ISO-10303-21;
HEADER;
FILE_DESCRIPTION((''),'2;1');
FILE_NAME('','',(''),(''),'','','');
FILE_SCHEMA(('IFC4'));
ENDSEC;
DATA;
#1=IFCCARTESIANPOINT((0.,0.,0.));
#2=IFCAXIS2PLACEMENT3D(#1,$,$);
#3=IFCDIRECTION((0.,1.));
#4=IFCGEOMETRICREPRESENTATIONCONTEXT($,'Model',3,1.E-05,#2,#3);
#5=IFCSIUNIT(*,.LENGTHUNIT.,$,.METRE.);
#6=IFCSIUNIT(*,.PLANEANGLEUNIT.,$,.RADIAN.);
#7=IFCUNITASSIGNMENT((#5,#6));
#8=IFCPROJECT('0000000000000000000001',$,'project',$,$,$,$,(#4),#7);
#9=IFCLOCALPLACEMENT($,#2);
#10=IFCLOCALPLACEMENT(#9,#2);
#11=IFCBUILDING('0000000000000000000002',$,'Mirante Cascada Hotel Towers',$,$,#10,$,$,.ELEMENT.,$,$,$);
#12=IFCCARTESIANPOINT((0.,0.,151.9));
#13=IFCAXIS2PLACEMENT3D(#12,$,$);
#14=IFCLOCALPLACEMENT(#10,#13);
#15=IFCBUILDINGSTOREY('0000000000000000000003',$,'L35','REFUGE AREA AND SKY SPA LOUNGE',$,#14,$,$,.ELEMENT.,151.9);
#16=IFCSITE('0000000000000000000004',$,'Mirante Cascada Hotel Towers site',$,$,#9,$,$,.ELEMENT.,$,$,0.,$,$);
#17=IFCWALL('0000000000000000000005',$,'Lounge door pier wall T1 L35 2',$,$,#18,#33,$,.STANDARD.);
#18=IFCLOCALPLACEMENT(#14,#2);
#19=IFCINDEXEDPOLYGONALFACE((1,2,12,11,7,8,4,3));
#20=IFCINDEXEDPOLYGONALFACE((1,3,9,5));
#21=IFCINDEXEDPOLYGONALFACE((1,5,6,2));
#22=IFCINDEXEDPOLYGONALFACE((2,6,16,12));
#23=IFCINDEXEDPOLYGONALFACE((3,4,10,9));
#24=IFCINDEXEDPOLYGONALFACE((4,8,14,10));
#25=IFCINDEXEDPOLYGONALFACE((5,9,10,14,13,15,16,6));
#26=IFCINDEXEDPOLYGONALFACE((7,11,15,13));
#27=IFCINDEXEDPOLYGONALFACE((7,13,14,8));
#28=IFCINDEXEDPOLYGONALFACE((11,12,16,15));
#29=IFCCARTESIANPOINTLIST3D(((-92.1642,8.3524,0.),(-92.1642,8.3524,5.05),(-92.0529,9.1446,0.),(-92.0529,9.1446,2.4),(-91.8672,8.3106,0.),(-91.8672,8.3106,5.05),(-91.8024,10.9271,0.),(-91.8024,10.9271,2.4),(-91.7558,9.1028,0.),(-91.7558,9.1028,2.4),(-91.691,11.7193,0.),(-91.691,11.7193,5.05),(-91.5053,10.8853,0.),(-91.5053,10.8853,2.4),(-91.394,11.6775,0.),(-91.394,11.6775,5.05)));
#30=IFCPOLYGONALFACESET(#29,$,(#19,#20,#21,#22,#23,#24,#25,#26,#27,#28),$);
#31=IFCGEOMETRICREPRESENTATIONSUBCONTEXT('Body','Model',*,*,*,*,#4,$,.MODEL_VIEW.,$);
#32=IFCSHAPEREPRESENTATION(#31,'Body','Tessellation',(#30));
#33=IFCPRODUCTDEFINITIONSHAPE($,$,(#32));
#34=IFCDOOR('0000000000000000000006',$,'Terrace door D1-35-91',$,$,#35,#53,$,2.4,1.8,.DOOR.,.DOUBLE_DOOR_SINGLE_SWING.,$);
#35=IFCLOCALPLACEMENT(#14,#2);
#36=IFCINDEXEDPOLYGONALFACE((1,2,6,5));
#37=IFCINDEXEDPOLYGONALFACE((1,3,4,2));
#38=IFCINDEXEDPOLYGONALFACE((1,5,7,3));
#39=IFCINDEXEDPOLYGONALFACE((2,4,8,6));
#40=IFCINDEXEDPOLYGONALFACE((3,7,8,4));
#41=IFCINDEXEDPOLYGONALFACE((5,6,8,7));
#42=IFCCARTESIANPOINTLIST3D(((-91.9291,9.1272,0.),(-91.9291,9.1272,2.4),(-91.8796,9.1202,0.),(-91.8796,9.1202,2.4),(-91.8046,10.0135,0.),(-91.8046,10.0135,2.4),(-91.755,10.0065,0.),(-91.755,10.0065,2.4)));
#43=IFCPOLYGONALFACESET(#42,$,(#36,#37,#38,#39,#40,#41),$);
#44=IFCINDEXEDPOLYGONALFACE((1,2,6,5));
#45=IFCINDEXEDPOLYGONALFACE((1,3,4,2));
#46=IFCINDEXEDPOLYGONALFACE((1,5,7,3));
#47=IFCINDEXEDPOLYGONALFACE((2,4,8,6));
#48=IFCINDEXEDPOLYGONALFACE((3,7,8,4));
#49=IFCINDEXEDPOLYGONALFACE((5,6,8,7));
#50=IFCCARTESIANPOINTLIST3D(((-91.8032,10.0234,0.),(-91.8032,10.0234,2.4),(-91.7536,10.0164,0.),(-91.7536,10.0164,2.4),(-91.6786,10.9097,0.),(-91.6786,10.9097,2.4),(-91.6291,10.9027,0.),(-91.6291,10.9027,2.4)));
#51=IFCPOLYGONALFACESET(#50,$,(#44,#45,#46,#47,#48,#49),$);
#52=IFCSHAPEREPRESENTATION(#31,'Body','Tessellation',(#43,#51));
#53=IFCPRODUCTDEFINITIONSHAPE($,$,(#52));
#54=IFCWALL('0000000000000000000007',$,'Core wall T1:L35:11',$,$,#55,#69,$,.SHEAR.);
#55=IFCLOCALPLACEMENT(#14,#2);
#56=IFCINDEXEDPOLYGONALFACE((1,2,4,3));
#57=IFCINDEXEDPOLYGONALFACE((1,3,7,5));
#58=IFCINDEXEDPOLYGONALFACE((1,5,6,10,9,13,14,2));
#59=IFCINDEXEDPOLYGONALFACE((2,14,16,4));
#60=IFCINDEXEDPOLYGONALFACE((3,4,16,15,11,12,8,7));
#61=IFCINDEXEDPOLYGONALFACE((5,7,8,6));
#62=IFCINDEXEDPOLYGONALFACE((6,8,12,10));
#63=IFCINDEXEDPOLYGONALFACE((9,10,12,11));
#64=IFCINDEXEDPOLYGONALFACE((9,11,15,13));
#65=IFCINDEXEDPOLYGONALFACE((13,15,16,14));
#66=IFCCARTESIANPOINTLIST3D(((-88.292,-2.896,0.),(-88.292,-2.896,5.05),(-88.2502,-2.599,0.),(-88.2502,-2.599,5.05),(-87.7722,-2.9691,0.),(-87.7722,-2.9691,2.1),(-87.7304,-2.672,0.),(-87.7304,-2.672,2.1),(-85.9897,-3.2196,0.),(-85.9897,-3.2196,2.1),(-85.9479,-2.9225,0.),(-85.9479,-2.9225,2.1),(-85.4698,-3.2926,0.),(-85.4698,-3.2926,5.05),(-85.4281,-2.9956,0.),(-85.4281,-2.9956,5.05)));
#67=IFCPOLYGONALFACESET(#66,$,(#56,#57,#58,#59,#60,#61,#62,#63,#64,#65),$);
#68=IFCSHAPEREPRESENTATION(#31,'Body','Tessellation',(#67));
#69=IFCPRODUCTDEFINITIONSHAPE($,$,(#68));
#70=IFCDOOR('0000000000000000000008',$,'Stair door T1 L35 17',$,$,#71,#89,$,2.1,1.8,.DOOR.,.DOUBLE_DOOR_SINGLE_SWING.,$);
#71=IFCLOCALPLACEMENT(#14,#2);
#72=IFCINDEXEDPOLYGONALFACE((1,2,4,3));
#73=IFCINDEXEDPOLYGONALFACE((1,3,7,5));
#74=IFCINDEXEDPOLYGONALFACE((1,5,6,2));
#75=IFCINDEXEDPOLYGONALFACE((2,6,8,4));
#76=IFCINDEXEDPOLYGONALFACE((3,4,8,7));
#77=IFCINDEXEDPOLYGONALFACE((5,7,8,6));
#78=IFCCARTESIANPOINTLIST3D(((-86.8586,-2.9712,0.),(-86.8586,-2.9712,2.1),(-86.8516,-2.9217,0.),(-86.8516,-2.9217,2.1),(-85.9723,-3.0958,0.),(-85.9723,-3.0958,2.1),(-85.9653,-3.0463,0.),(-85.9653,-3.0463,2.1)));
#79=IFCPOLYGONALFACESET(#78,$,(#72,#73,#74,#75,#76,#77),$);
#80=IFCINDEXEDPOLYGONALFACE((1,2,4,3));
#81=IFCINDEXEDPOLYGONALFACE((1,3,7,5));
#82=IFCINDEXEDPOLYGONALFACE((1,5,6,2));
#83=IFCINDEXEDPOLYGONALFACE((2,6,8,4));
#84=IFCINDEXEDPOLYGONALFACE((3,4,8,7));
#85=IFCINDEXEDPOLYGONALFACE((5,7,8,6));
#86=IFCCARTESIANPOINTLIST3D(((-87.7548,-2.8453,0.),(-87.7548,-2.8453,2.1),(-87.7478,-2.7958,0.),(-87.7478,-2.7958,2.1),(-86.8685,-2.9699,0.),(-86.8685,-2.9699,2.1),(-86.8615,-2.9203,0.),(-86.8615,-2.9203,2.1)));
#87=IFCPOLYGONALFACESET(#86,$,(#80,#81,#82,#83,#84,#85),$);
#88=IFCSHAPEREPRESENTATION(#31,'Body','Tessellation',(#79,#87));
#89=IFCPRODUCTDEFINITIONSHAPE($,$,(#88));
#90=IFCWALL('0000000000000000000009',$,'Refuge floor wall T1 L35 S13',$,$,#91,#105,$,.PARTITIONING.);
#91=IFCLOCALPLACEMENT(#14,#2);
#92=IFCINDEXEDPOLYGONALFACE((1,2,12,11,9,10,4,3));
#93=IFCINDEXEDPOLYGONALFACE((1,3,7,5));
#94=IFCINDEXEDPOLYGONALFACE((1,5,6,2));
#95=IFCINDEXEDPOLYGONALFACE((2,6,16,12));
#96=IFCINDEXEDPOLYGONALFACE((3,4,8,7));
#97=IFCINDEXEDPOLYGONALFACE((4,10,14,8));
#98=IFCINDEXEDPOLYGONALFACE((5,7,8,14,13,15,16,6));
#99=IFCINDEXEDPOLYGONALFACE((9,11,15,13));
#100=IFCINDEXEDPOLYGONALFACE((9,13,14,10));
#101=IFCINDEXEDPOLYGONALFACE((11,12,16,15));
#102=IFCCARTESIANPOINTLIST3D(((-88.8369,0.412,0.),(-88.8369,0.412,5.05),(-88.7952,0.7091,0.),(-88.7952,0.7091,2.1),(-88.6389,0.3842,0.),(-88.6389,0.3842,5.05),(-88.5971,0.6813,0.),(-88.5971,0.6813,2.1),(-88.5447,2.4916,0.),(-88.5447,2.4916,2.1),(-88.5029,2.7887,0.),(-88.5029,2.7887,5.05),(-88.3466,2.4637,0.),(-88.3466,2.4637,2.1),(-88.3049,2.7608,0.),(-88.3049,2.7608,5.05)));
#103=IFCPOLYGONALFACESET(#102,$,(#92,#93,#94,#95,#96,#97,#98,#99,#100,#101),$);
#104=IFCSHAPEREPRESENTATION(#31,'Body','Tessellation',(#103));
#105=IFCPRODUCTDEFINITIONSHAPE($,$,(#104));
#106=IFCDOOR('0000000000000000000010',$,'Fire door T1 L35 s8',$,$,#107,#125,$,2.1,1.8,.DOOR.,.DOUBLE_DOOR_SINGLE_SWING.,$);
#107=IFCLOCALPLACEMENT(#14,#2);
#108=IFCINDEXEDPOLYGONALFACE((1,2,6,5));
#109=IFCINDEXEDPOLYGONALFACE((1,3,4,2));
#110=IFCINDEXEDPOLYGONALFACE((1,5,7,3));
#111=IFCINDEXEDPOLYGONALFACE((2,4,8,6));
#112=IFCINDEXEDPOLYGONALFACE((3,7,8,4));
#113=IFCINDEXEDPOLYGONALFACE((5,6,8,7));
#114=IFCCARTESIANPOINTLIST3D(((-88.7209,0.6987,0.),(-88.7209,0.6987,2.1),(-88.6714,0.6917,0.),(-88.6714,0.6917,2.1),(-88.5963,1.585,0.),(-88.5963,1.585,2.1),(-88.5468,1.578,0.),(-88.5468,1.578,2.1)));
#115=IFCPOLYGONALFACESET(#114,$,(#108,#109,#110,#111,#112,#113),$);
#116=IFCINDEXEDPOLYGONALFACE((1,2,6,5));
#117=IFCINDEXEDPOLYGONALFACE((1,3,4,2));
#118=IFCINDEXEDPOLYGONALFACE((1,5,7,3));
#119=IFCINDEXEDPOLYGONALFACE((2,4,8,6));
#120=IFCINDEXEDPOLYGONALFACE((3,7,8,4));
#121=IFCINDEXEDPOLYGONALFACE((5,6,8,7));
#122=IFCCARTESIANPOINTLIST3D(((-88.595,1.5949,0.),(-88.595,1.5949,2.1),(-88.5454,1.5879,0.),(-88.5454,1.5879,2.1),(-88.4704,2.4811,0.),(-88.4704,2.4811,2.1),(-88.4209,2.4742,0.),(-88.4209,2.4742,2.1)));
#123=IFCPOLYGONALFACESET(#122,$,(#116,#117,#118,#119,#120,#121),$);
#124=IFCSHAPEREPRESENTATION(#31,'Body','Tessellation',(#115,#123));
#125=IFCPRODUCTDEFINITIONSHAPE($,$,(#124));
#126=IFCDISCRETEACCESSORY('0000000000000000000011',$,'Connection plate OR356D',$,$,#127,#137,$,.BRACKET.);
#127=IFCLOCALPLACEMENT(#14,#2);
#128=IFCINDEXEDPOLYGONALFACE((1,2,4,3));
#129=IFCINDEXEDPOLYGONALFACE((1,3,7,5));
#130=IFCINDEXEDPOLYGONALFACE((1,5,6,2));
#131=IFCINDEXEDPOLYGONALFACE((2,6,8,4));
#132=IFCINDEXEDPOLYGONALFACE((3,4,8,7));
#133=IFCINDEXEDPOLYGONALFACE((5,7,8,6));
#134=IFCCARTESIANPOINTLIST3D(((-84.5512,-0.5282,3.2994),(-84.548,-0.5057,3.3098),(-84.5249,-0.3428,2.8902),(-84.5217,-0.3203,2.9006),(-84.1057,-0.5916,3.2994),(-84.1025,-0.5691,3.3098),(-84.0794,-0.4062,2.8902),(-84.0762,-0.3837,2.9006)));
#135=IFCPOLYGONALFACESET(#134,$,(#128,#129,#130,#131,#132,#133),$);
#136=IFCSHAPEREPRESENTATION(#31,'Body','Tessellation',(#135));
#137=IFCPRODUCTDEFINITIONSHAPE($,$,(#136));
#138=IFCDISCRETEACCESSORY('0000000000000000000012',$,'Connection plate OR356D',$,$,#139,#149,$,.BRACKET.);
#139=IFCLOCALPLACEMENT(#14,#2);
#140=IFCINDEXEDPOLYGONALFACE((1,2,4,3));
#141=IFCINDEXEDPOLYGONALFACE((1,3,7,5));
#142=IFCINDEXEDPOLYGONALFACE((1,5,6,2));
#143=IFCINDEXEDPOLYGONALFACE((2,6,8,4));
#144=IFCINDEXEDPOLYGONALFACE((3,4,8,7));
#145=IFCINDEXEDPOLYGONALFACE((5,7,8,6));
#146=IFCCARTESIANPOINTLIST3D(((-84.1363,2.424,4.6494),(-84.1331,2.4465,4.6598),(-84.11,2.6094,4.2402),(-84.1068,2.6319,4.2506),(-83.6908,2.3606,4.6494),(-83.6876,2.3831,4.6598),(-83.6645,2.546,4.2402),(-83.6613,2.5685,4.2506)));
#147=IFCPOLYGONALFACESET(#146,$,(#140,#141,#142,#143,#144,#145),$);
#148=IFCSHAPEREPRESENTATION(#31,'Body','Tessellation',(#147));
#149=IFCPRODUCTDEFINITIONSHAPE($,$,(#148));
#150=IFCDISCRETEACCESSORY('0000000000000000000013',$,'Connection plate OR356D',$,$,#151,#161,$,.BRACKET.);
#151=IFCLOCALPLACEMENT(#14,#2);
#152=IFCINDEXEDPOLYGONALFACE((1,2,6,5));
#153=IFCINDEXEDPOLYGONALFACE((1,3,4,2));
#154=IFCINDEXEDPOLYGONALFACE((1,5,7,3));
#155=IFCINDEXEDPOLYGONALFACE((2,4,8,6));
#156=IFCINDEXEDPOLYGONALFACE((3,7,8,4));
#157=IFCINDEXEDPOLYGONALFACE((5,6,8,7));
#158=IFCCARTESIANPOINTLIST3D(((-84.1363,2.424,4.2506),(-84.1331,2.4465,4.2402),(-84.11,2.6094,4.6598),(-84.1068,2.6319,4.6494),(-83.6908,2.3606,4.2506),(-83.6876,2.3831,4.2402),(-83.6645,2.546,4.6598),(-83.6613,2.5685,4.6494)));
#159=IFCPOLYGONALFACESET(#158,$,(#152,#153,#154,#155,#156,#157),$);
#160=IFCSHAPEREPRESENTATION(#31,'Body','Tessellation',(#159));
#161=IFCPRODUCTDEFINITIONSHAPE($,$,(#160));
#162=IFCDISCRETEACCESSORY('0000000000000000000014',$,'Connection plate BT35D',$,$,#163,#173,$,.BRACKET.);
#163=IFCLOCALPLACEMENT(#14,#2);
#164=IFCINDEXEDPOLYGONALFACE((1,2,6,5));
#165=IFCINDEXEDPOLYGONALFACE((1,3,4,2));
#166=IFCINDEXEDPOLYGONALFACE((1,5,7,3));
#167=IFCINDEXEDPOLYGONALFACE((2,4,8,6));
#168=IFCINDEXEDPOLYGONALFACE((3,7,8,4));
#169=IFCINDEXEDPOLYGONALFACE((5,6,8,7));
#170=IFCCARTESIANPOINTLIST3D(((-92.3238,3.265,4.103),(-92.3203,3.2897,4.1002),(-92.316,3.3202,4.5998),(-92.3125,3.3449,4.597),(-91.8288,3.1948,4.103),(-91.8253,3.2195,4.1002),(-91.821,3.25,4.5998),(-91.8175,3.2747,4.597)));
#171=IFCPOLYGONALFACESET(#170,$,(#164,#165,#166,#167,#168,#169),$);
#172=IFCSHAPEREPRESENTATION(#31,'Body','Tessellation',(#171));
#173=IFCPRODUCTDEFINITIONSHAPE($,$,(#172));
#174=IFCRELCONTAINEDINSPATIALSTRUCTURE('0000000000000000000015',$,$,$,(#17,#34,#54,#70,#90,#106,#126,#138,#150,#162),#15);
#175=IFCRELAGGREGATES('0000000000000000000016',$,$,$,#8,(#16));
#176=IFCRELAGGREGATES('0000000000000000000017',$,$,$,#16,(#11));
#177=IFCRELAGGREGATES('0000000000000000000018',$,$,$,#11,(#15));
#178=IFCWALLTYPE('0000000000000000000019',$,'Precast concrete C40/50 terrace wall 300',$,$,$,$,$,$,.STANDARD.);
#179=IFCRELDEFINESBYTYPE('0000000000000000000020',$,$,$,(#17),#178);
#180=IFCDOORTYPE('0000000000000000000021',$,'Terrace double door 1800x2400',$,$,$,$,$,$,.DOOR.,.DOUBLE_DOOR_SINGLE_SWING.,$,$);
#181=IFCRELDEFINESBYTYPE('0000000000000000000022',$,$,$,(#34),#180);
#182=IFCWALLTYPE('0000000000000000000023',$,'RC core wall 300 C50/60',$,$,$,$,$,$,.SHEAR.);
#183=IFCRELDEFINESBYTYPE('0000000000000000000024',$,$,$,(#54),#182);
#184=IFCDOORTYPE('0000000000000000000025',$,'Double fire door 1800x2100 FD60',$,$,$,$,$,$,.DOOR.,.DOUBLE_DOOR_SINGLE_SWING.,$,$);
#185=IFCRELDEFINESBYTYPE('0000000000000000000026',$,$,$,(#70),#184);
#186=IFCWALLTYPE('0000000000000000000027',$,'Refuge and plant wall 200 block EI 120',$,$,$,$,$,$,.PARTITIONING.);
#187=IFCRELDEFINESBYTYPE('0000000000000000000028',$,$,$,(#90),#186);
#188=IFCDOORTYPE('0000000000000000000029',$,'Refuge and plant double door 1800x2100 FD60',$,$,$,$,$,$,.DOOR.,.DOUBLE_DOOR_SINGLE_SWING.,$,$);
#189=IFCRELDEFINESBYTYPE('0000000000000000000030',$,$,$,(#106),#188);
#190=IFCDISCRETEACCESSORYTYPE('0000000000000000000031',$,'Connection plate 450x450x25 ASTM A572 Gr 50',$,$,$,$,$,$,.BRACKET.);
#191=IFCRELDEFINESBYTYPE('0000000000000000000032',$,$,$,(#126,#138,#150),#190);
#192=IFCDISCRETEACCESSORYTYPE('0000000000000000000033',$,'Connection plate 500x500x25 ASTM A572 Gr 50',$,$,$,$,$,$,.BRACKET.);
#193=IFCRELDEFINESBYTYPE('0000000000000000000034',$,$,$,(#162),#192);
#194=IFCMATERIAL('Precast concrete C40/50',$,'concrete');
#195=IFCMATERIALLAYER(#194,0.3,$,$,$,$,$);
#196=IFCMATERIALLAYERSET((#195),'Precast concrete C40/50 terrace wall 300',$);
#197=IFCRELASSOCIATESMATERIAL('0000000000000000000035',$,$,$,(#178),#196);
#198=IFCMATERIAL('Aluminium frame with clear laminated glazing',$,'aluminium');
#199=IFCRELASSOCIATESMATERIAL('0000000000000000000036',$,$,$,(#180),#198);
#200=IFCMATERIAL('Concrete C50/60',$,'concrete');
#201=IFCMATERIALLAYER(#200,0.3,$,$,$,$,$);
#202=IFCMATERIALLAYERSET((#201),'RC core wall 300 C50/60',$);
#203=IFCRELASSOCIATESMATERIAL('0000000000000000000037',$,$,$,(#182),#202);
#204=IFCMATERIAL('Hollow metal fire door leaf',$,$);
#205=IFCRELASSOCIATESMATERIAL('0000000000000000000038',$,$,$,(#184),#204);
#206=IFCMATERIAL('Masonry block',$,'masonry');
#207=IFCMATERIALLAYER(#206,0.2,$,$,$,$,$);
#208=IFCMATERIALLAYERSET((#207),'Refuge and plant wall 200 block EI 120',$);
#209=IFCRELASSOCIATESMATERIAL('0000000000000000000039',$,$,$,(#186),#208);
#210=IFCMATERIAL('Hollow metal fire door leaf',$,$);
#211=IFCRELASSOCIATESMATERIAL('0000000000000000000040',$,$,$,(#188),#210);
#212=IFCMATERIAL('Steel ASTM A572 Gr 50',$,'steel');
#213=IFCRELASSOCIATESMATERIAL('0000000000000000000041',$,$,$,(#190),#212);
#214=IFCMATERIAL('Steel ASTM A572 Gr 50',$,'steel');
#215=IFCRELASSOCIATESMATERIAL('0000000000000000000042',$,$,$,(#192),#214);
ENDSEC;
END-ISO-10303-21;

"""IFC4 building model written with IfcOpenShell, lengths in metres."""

from ifc_helpers import new_model, si_unit, direction, frame, frame_2d, origin, origin_2d, place, context, subcontext, project, spatial, rectangle, extrude, material, layer, layer_set, material_profile, profile_set, type_object, element, fill, save


model = new_model("IFC4")

# Units and contexts
model_context = context("Model", 3, precision=1e-05, world=origin(), true_north=direction((0.0, 1.0)))
body_context = subcontext(model_context, "Body", "Model", "MODEL_VIEW")
ifc_project = project(units=[si_unit("LENGTHUNIT", "METRE"), si_unit("PLANEANGLEUNIT", "RADIAN")], contexts=[model_context])

# Site, building, storey
site_placement = place(None, origin())
site = spatial("IfcSite", under=ifc_project, at=site_placement, Name="Mirante Cascada Hotel Towers site", CompositionType="ELEMENT", RefElevation=0.0)
building_placement = place(site_placement, origin())
building = spatial("IfcBuilding", under=site, at=building_placement, Name="Mirante Cascada Hotel Towers", CompositionType="ELEMENT")
storey_placement = place(building_placement, frame((0.0, 0.0, 151.9)))
storey = spatial("IfcBuildingStorey", under=building, at=storey_placement, Name="L35", Description="REFUGE AREA AND SKY SPA LOUNGE", CompositionType="ELEMENT", Elevation=151.9)

# Walls, openings, doors
ifc_material_1 = material(Name="Precast concrete C40/50", Category="concrete")
ifc_layer_1 = layer(ifc_material_1, 0.3)
ifc_layer_set_1 = layer_set([ifc_layer_1], Name="Precast concrete C40/50 terrace wall 300")
wall_type_1 = type_object("IfcWallType", Name="Precast concrete C40/50 terrace wall 300", PredefinedType="STANDARD", material=ifc_layer_set_1)
wall_1_placement = place(storey_placement, frame((-92.0157, 8.3315, 0.0), z_axis=(0.0, 0.0, 1.0), x_axis=(0.139177, 0.990267, 0.0)))
wall_1 = element("IfcWall", 1, at=wall_1_placement, inside=storey, type_object=wall_type_1, Name="Lounge door pier wall T1 L35 2", PredefinedType="STANDARD", context=body_context, shape_type="SweptSolid", body=[
    extrude(rectangle(XDim=3.4, YDim=0.3, at=frame_2d((1.7, 0.0))), origin(), (0.0, 0.0, 1.0), 5.05),
])
opening_1_placement = place(wall_1_placement, frame((0.8, 0.0, 0.0)))
opening_1 = element("IfcOpeningElement", 2, at=opening_1_placement, cuts=wall_1, PredefinedType="OPENING", context=body_context, shape_type="SweptSolid", body=[
    extrude(rectangle(XDim=1.8, YDim=2.4, at=frame_2d((0.9, 1.2))), frame((0.0, 0.15, 0.0), z_axis=(0.0, -1.0, 0.0), x_axis=(1.0, 0.0, 0.0)), (0.0, 0.0, 1.0), 0.3),
])
ifc_material_2 = material(Name="Aluminium frame with clear laminated glazing", Category="aluminium")
door_type_1 = type_object("IfcDoorType", Name="Terrace double door 1800x2400", OperationType="DOUBLE_DOOR_SINGLE_SWING", PredefinedType="DOOR", material=ifc_material_2)
door_1_placement = place(opening_1_placement, origin())
door_1 = element("IfcDoor", 3, at=door_1_placement, inside=storey, type_object=door_type_1, Name="Terrace door D1-35-91", OperationType="DOUBLE_DOOR_SINGLE_SWING", OverallHeight=2.4, OverallWidth=1.8, PredefinedType="DOOR", context=body_context, shape_type="SweptSolid", body=[
    extrude(rectangle(XDim=0.895, YDim=2.4, at=frame_2d((0.4475, 1.2))), frame((0.0, 0.025, 0.0), z_axis=(0.0, -1.0, 0.0), x_axis=(1.0, 0.0, 0.0)), (0.0, 0.0, 1.0), 0.05),
    extrude(rectangle(XDim=0.895, YDim=2.4, at=frame_2d((1.3525, 1.2))), frame((0.0, 0.025, 0.0), z_axis=(0.0, -1.0, 0.0), x_axis=(1.0, 0.0, 0.0)), (0.0, 0.0, 1.0), 0.05),
])
fill(opening_1, door_1)
ifc_material_3 = material(Name="Concrete C50/60", Category="concrete")
ifc_layer_2 = layer(ifc_material_3, 0.3)
ifc_layer_set_2 = layer_set([ifc_layer_2], Name="RC core wall 300 C50/60")
wall_type_2 = type_object("IfcWallType", Name="RC core wall 300 C50/60", PredefinedType="SHEAR", material=ifc_layer_set_2)
wall_2_placement = place(storey_placement, frame((-85.4489, -3.1441, 0.0), z_axis=(0.0, 0.0, 1.0), x_axis=(-0.99027, 0.139161, 0.0)))
wall_2 = element("IfcWall", 4, at=wall_2_placement, inside=storey, type_object=wall_type_2, Name="Core wall T1:L35:11", PredefinedType="SHEAR", context=body_context, shape_type="SweptSolid", body=[
    extrude(rectangle(XDim=2.8499, YDim=0.3, at=frame_2d((1.425, 0.0))), origin(), (0.0, 0.0, 1.0), 5.05),
])
opening_2_placement = place(wall_2_placement, frame((0.525, 0.0, 0.0)))
opening_2 = element("IfcOpeningElement", 5, at=opening_2_placement, cuts=wall_2, PredefinedType="OPENING", context=body_context, shape_type="SweptSolid", body=[
    extrude(rectangle(XDim=1.8, YDim=2.1, at=frame_2d((0.9, 1.05))), frame((0.0, 0.15, 0.0), z_axis=(0.0, -1.0, 0.0), x_axis=(1.0, 0.0, 0.0)), (0.0, 0.0, 1.0), 0.3),
])
ifc_material_4 = material(Name="Hollow metal fire door leaf")
door_type_2 = type_object("IfcDoorType", Name="Double fire door 1800x2100 FD60", OperationType="DOUBLE_DOOR_SINGLE_SWING", PredefinedType="DOOR", material=ifc_material_4)
door_2_placement = place(opening_2_placement, origin())
door_2 = element("IfcDoor", 6, at=door_2_placement, inside=storey, type_object=door_type_2, Name="Stair door T1 L35 17", OperationType="DOUBLE_DOOR_SINGLE_SWING", OverallHeight=2.1, OverallWidth=1.8, PredefinedType="DOOR", context=body_context, shape_type="SweptSolid", body=[
    extrude(rectangle(XDim=0.895, YDim=2.1, at=frame_2d((0.4475, 1.05))), frame((0.0, 0.025, 0.0), z_axis=(0.0, -1.0, 0.0), x_axis=(1.0, 0.0, 0.0)), (0.0, 0.0, 1.0), 0.05),
    extrude(rectangle(XDim=0.895, YDim=2.1, at=frame_2d((1.3525, 1.05))), frame((0.0, 0.025, 0.0), z_axis=(0.0, -1.0, 0.0), x_axis=(1.0, 0.0, 0.0)), (0.0, 0.0, 1.0), 0.05),
])
fill(opening_2, door_2)
ifc_material_5 = material(Name="Masonry block", Category="masonry")
ifc_layer_3 = layer(ifc_material_5, 0.2)
ifc_layer_set_3 = layer_set([ifc_layer_3], Name="Refuge and plant wall 200 block EI 120")
wall_type_3 = type_object("IfcWallType", Name="Refuge and plant wall 200 block EI 120", PredefinedType="PARTITIONING", material=ifc_layer_set_3)
wall_3_placement = place(storey_placement, frame((-88.7379, 0.3981, 0.0), z_axis=(0.0, 0.0, 1.0), x_axis=(0.139169, 0.990269, 0.0)))
wall_3 = element("IfcWall", 7, at=wall_3_placement, inside=storey, type_object=wall_type_3, Name="Refuge floor wall T1 L35 S13", PredefinedType="PARTITIONING", context=body_context, shape_type="SweptSolid", body=[
    extrude(rectangle(XDim=2.4, YDim=0.2, at=frame_2d((1.2, 0.0))), origin(), (0.0, 0.0, 1.0), 5.05),
])
opening_3_placement = place(wall_3_placement, frame((0.3, 0.0, 0.0)))
opening_3 = element("IfcOpeningElement", 8, at=opening_3_placement, cuts=wall_3, PredefinedType="OPENING", context=body_context, shape_type="SweptSolid", body=[
    extrude(rectangle(XDim=1.8, YDim=2.1, at=frame_2d((0.9, 1.05))), frame((0.0, 0.1, 0.0), z_axis=(0.0, -1.0, 0.0), x_axis=(1.0, 0.0, 0.0)), (0.0, 0.0, 1.0), 0.2),
])
ifc_material_6 = material(Name="Hollow metal fire door leaf")
door_type_3 = type_object("IfcDoorType", Name="Refuge and plant double door 1800x2100 FD60", OperationType="DOUBLE_DOOR_SINGLE_SWING", PredefinedType="DOOR", material=ifc_material_6)
door_3_placement = place(opening_3_placement, origin())
door_3 = element("IfcDoor", 9, at=door_3_placement, inside=storey, type_object=door_type_3, Name="Fire door T1 L35 s8", OperationType="DOUBLE_DOOR_SINGLE_SWING", OverallHeight=2.1, OverallWidth=1.8, PredefinedType="DOOR", context=body_context, shape_type="SweptSolid", body=[
    extrude(rectangle(XDim=0.895, YDim=2.1, at=frame_2d((0.4475, 1.05))), frame((0.0, 0.025, 0.0), z_axis=(0.0, -1.0, 0.0), x_axis=(1.0, 0.0, 0.0)), (0.0, 0.0, 1.0), 0.05),
    extrude(rectangle(XDim=0.895, YDim=2.1, at=frame_2d((1.3525, 1.05))), frame((0.0, 0.025, 0.0), z_axis=(0.0, -1.0, 0.0), x_axis=(1.0, 0.0, 0.0)), (0.0, 0.0, 1.0), 0.05),
])
fill(opening_3, door_3)

# Discrete accessories
ifc_material_7 = material(Name="Steel ASTM A572 Gr 50", Category="steel")
ifc_material_profile_1 = material_profile(ifc_material_7, rectangle(XDim=0.45, YDim=0.45, at=origin_2d()), Name="Connection plate 450x450x25 ASTM A572 Gr 50")
ifc_profile_set_1 = profile_set([ifc_material_profile_1], Name="Steel ASTM A572 Gr 50")
discrete_accessory_type_1 = type_object("IfcDiscreteAccessoryType", Name="Connection plate 450x450x25 ASTM A572 Gr 50", PredefinedType="BRACKET", material=ifc_profile_set_1)
for number, where, z_axis, x_axis, name in (
    (10, (-84.3153, -0.4672, 3.0948), (0.128036, 0.900252, 0.416117), (-0.990037, 0.140805, 0.0), "Connection plate OR356D"),
    (11, (-83.9004, 2.485, 4.4448), (0.128036, 0.900252, 0.416117), (-0.990037, 0.140805, 0.0), "Connection plate OR356D"),
    (12, (-83.9004, 2.485, 4.4552), (0.128036, 0.900252, -0.416117), (-0.990037, 0.140805, 0.0), "Connection plate OR356D"),
):
    element("IfcDiscreteAccessory", number, at=place(storey_placement, frame(where, z_axis=z_axis, x_axis=x_axis)), inside=storey, type_object=discrete_accessory_type_1, Name=name, PredefinedType="BRACKET", context=body_context, shape_type="SweptSolid", body=[
        extrude(rectangle(XDim=0.45, YDim=0.45, at=origin_2d()), origin(), (0.0, 0.0, 1.0), 0.025),
    ])
ifc_material_8 = material(Name="Steel ASTM A572 Gr 50", Category="steel")
ifc_material_profile_2 = material_profile(ifc_material_8, rectangle(XDim=0.5, YDim=0.5, at=origin_2d()), Name="Connection plate 500x500x25 ASTM A572 Gr 50")
ifc_profile_set_2 = profile_set([ifc_material_profile_2], Name="Steel ASTM A572 Gr 50")
discrete_accessory_type_2 = type_object("IfcDiscreteAccessoryType", Name="Connection plate 500x500x25 ASTM A572 Gr 50", PredefinedType="BRACKET", material=ifc_profile_set_2)
discrete_accessory_placement = place(storey_placement, frame((-92.0689, 3.2822, 4.3486), z_axis=(-0.139423, -0.983931, 0.111539), x_axis=(0.990109, -0.140299, 0.0)))
element("IfcDiscreteAccessory", 13, at=discrete_accessory_placement, inside=storey, type_object=discrete_accessory_type_2, Name="Connection plate BT35D", PredefinedType="BRACKET", context=body_context, shape_type="SweptSolid", body=[
    extrude(rectangle(XDim=0.5, YDim=0.5, at=origin_2d()), origin(), (0.0, 0.0, 1.0), 0.0251),
])

save(model, "model.ifc")
